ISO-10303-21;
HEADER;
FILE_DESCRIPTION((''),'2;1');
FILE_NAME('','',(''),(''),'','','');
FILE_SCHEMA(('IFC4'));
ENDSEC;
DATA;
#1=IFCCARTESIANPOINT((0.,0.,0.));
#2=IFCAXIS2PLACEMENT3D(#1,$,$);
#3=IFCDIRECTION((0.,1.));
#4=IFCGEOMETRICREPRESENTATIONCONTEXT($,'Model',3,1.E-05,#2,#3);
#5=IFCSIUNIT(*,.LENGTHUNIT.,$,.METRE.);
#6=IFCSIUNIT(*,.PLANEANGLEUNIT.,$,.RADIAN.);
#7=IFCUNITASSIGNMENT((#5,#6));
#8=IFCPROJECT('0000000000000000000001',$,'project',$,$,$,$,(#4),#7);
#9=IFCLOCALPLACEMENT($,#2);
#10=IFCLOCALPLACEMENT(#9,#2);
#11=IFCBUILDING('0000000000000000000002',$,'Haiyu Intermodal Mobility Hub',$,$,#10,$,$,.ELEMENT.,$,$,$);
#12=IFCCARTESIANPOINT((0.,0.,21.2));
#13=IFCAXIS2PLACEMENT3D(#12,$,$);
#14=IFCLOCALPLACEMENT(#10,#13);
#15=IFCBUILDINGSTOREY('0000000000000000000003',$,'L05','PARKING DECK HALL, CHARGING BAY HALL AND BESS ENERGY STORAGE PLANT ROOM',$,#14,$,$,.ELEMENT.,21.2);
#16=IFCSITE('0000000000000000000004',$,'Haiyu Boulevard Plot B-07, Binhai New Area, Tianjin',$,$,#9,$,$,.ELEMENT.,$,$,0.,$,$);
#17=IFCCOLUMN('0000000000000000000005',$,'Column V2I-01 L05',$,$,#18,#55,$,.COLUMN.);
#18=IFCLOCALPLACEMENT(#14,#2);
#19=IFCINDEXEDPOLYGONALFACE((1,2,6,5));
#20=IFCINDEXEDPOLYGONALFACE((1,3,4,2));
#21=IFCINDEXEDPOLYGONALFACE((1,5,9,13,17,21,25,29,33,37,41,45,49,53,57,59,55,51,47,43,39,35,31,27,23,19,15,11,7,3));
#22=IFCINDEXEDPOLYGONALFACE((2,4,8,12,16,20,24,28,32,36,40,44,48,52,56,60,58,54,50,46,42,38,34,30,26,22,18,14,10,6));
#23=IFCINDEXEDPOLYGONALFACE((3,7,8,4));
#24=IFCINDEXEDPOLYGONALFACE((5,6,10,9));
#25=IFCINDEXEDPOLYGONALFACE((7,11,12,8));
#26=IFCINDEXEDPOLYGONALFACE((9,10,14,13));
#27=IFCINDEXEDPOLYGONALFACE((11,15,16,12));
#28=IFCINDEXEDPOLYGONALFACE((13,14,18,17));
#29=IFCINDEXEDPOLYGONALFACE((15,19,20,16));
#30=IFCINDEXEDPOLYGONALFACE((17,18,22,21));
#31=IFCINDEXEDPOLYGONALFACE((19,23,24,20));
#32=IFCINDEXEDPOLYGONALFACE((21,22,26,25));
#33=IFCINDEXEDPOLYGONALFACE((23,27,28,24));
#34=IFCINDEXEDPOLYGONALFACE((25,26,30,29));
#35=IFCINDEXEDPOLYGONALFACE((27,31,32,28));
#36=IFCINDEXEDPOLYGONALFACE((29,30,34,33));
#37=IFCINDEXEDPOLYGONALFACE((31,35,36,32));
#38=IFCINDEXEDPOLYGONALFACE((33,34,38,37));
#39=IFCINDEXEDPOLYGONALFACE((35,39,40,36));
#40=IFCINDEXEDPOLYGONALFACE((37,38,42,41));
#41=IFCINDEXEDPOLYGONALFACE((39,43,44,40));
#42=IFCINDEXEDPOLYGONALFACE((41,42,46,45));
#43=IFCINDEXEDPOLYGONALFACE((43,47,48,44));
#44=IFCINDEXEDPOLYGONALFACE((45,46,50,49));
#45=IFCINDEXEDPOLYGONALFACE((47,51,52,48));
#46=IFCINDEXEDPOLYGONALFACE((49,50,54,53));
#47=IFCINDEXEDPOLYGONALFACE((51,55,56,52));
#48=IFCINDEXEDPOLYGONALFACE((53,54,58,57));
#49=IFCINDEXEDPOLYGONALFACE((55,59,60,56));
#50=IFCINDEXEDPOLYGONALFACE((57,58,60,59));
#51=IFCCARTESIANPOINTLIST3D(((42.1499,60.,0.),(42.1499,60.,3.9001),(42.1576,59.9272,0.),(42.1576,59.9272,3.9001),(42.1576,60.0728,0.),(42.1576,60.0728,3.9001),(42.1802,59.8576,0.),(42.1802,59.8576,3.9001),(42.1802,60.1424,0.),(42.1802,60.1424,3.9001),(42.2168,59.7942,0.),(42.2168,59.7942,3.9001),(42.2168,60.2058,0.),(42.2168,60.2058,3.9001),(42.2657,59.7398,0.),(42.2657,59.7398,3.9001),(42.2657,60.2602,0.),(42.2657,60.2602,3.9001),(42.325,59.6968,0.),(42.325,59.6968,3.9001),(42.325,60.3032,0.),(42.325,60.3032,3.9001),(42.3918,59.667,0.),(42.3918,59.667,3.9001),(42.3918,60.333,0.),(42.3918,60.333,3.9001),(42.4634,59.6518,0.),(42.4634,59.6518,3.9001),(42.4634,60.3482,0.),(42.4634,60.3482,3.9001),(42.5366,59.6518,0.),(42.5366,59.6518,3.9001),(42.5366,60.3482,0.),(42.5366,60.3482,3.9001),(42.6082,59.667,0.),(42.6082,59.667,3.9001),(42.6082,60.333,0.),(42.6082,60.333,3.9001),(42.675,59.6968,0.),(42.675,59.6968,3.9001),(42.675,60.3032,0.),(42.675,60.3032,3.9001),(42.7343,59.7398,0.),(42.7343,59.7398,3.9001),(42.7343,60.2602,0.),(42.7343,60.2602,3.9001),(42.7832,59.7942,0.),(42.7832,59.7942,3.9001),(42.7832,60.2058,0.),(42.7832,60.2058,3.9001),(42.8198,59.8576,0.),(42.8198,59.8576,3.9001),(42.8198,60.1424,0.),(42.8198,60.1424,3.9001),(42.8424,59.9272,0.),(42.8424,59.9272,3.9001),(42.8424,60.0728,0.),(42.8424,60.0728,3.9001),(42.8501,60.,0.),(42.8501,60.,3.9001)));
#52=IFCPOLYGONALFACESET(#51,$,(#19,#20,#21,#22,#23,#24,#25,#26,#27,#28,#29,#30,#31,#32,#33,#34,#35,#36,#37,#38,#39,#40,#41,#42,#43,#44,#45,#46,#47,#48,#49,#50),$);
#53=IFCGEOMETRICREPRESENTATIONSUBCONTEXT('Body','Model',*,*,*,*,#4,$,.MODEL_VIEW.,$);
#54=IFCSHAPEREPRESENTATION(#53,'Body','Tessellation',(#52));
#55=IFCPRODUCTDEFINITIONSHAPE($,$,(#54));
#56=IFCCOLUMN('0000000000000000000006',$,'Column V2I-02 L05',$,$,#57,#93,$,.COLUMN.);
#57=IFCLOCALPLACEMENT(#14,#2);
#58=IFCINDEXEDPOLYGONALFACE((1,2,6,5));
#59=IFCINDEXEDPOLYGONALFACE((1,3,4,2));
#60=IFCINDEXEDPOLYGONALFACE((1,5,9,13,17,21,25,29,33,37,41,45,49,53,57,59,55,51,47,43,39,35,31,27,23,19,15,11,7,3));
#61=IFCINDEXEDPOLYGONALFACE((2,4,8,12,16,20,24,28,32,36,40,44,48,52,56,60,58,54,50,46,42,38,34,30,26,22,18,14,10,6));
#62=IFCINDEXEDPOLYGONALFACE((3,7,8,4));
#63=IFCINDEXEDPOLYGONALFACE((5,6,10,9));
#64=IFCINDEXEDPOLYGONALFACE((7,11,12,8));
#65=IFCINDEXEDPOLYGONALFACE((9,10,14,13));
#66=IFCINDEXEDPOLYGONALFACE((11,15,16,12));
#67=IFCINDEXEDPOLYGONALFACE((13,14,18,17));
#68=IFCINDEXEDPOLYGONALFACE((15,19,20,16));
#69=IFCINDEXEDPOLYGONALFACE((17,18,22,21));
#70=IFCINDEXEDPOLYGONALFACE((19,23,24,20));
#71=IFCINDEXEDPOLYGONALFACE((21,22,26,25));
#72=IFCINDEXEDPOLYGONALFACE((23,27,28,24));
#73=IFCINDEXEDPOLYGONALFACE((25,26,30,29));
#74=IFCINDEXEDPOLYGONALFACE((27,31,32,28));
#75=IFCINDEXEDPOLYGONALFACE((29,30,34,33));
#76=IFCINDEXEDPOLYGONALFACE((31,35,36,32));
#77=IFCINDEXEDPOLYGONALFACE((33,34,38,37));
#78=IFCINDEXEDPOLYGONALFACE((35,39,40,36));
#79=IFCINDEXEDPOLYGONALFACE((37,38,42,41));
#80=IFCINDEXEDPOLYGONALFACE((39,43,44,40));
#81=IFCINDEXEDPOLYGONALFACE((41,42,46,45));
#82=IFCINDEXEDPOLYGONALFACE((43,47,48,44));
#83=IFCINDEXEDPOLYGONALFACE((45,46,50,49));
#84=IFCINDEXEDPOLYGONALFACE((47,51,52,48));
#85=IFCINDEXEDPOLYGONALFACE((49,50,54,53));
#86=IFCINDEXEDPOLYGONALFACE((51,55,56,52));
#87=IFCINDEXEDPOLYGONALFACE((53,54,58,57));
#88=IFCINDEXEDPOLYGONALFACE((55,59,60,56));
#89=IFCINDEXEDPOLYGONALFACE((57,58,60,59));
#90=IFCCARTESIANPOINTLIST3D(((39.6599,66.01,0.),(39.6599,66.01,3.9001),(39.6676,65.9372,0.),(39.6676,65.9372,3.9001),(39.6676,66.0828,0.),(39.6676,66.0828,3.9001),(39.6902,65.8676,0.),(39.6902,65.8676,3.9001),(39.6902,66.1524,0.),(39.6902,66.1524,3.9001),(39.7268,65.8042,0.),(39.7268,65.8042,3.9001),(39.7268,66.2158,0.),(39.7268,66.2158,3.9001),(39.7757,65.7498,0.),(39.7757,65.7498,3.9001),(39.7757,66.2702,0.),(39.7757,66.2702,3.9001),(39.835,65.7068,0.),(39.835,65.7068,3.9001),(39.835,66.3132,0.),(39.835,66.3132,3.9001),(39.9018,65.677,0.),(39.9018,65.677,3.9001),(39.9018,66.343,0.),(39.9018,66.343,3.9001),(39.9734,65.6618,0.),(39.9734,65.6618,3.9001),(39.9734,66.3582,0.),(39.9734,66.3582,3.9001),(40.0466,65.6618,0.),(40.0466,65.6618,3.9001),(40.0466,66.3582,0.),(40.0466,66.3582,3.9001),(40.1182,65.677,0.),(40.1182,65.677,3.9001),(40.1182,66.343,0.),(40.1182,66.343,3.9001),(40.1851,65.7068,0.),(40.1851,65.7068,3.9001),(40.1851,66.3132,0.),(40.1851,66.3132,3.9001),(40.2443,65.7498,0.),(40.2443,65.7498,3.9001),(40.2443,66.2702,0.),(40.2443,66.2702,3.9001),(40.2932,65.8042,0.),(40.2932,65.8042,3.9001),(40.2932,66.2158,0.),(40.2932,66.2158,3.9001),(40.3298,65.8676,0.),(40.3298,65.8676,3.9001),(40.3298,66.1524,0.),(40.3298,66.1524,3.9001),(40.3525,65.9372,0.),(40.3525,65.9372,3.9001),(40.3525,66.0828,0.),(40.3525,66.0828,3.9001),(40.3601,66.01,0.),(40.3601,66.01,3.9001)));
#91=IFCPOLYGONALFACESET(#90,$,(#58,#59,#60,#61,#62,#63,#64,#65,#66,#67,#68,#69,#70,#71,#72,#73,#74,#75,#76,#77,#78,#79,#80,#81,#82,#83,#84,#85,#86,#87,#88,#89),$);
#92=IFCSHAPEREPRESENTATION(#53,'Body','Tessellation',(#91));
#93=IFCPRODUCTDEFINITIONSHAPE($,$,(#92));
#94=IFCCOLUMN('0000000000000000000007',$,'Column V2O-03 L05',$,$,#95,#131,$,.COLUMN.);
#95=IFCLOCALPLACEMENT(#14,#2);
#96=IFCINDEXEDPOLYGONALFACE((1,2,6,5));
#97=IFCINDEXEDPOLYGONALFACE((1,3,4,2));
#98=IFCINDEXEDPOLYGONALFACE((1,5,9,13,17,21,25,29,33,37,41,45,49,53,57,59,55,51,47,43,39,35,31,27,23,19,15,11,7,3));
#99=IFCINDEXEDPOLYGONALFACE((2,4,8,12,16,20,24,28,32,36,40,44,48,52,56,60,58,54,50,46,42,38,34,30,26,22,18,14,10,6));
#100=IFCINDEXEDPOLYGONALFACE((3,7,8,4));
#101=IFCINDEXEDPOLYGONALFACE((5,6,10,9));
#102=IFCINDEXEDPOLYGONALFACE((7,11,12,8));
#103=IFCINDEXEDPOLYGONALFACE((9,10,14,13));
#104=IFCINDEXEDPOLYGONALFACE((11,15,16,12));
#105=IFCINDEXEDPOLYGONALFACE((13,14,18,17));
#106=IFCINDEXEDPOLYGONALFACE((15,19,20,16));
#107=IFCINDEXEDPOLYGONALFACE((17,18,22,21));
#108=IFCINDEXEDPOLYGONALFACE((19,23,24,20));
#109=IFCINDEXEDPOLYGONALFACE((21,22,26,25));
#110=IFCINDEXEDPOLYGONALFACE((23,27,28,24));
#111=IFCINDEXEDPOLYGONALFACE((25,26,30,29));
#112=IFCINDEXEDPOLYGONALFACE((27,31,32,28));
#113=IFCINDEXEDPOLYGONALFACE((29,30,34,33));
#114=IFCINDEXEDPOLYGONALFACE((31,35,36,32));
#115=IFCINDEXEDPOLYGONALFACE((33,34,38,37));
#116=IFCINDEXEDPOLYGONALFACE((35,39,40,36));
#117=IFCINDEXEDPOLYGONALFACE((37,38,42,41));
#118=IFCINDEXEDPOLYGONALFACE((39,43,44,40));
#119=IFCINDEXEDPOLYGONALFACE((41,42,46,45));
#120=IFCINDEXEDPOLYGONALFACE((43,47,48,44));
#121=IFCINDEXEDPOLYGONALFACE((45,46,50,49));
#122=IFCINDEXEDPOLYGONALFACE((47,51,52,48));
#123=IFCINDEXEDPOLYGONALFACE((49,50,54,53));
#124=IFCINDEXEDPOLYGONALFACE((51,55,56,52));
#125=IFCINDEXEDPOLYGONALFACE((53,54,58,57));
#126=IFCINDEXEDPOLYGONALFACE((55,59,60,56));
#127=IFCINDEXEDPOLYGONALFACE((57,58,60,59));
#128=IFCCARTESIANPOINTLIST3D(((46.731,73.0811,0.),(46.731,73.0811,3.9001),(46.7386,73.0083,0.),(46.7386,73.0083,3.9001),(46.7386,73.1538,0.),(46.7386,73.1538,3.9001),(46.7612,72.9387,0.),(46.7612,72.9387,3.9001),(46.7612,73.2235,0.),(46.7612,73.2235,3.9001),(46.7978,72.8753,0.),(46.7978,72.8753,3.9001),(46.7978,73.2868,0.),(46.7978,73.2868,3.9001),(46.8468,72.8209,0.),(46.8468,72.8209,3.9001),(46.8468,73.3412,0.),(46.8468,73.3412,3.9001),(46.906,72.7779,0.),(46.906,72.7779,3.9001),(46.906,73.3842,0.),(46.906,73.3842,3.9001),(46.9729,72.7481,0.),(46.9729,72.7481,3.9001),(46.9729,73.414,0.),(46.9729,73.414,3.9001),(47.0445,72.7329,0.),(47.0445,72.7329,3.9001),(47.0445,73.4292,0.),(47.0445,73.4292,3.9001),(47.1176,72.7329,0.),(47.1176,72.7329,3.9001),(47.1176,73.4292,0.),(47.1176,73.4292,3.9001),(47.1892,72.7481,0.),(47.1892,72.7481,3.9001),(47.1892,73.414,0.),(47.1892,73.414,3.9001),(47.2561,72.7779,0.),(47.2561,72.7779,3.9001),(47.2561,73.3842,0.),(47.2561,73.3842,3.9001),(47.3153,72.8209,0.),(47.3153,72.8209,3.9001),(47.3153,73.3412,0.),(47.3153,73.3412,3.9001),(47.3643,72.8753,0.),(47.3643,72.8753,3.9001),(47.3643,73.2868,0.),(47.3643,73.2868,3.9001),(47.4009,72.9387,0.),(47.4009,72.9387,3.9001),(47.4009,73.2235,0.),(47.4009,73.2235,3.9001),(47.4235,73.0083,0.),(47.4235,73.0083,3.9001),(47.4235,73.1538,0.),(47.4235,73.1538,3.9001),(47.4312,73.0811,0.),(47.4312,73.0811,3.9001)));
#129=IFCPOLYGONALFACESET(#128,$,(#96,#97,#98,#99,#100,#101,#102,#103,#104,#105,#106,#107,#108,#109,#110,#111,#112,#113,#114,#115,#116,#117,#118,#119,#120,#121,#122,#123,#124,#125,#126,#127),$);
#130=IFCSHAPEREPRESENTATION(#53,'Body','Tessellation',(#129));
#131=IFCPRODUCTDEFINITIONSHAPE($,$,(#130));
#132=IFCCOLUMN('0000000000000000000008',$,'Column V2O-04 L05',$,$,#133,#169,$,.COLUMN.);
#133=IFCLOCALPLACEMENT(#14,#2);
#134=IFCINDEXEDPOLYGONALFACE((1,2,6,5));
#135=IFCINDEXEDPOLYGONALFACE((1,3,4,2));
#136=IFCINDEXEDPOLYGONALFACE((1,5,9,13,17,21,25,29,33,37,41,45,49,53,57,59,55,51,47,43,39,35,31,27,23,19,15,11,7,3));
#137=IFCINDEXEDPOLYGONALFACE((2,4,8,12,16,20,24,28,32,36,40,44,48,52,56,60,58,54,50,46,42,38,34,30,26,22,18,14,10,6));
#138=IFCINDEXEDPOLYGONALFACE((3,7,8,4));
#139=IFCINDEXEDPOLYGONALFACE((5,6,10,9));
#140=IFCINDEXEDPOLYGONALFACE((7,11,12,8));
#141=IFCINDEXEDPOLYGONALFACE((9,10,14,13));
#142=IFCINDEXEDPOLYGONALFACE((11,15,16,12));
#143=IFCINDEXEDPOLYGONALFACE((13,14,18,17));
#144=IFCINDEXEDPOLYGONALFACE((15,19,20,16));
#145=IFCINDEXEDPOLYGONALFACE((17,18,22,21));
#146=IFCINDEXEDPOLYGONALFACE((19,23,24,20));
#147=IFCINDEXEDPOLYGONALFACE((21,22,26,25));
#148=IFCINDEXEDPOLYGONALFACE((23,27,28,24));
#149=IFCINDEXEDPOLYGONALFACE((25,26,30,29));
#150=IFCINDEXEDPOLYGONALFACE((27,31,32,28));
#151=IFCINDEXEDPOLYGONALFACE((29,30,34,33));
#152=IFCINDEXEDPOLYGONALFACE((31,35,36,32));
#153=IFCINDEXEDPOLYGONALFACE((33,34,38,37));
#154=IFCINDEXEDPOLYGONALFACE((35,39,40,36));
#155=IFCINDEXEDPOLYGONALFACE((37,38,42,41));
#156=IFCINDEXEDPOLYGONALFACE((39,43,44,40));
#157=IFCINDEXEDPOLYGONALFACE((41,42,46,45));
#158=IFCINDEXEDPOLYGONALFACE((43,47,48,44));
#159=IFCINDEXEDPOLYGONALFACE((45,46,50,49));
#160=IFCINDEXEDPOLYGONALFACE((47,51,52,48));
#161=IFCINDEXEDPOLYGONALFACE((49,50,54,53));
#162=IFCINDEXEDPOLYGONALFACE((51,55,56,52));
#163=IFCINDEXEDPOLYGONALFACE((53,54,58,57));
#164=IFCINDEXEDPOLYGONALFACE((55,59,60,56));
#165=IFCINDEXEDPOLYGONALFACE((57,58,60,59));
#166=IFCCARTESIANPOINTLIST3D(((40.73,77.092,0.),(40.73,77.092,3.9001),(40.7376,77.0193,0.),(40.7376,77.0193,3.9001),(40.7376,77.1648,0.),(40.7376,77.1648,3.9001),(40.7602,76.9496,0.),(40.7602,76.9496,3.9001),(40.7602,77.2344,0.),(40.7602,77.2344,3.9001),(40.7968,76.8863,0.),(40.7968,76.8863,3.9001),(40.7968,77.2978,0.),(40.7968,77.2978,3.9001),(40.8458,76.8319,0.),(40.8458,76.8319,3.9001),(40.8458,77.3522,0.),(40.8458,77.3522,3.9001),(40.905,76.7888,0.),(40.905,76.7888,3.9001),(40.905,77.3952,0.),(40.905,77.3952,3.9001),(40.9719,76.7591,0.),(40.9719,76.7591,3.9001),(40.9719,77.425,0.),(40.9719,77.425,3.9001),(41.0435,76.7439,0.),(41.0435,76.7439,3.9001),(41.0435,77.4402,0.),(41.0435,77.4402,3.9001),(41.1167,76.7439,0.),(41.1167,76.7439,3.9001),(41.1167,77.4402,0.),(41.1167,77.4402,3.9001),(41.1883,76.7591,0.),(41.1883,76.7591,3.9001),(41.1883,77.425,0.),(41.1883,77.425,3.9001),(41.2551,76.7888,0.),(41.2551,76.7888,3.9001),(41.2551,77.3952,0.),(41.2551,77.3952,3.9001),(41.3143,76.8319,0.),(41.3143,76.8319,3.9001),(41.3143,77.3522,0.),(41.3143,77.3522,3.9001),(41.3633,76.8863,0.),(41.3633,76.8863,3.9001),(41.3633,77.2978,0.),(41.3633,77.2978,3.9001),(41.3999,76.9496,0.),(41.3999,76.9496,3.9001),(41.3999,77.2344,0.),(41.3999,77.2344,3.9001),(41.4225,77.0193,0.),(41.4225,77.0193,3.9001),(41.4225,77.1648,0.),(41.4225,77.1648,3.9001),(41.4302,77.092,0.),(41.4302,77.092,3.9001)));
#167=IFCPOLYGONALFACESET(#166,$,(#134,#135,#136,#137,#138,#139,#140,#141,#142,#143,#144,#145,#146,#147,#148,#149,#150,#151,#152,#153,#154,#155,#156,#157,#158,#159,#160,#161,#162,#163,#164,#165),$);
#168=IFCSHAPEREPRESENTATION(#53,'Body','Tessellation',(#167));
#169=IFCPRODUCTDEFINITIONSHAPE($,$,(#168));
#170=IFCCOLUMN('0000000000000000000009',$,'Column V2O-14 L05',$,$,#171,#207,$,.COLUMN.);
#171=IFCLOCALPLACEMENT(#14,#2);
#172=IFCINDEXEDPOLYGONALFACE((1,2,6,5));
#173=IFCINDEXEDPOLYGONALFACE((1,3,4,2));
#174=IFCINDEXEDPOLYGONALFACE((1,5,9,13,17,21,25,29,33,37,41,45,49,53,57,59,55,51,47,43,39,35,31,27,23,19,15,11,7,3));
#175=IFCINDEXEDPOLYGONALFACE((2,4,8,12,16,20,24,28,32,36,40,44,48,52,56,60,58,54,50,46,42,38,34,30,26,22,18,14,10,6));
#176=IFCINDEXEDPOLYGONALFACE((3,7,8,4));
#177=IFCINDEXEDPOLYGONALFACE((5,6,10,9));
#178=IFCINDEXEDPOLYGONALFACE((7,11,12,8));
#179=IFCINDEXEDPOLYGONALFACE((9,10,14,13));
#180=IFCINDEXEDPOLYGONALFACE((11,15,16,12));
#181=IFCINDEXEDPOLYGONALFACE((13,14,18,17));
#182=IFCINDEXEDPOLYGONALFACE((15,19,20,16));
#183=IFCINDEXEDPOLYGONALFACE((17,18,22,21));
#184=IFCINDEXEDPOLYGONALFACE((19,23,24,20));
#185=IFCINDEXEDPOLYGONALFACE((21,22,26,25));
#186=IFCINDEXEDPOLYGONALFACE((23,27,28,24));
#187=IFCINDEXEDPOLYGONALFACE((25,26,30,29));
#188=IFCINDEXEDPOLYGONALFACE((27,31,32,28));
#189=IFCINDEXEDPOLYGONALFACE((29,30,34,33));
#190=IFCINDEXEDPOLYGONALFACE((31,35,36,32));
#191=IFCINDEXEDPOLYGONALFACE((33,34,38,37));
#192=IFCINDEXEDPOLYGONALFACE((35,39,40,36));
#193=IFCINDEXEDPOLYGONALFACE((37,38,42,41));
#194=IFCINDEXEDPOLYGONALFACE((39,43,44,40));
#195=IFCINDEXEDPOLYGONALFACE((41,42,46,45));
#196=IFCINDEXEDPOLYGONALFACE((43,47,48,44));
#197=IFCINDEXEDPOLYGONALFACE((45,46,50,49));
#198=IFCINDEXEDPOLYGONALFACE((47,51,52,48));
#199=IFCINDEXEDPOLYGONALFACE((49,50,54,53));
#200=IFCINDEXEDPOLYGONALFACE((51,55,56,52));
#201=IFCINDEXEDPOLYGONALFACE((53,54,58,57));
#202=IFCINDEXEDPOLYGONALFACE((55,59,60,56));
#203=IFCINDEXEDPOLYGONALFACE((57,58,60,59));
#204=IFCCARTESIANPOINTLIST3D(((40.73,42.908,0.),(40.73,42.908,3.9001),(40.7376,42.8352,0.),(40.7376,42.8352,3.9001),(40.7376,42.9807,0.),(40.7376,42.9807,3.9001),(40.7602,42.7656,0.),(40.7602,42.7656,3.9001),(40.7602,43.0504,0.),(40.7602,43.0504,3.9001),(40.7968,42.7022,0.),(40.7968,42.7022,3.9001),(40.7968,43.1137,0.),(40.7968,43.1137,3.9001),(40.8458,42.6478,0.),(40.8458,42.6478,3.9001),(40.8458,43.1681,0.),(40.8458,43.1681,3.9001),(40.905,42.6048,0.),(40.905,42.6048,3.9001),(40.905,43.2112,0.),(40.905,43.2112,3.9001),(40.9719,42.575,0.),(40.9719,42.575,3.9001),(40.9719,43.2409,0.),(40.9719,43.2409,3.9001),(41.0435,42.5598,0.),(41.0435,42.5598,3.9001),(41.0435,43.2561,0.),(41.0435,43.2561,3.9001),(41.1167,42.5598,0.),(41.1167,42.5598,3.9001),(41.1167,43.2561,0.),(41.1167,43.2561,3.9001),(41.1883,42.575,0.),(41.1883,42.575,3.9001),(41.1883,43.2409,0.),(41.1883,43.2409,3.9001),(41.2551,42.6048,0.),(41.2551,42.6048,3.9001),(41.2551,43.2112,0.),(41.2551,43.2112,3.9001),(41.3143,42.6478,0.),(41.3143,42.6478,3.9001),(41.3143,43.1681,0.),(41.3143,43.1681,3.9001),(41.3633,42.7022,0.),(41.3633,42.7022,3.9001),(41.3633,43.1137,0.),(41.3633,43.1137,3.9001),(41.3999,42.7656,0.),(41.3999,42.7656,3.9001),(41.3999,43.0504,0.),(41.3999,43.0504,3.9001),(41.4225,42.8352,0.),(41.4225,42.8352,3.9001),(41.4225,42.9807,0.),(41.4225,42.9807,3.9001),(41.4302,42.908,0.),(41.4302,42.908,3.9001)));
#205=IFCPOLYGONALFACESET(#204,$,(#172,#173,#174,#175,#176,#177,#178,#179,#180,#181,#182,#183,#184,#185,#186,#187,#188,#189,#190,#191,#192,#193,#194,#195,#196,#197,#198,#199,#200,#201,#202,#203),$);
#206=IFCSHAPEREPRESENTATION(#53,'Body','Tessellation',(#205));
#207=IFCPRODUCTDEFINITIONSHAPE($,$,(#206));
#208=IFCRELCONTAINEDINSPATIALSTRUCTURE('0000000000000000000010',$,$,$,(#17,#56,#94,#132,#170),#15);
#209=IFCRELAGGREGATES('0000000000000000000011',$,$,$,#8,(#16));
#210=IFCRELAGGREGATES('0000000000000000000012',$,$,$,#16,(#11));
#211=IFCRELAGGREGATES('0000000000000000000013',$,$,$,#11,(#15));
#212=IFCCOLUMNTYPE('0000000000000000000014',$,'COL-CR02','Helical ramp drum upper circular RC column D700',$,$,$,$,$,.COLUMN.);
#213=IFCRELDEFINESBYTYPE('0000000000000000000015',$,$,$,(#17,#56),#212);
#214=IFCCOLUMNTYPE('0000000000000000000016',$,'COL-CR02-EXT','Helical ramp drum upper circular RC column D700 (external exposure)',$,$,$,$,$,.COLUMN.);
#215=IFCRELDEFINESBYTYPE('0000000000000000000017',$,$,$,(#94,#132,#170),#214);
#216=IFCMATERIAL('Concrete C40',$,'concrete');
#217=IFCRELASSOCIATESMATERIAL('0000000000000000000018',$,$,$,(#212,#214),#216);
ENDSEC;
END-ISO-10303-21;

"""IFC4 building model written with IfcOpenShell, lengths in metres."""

from ifc_helpers import new_model, si_unit, direction, frame, origin, origin_2d, place, context, subcontext, project, spatial, circle, extrude, material, material_profile, profile_set, type_object, element, save


model = new_model("IFC4")

# Units and contexts
model_context = context("Model", 3, precision=1e-05, world=origin(), true_north=direction((0.0, 1.0)))
body_context = subcontext(model_context, "Body", "Model", "MODEL_VIEW")
ifc_project = project(units=[si_unit("LENGTHUNIT", "METRE"), si_unit("PLANEANGLEUNIT", "RADIAN")], contexts=[model_context])

# Site, building, storey
site_placement = place(None, origin())
site = spatial("IfcSite", under=ifc_project, at=site_placement, Name="Haiyu Boulevard Plot B-07, Binhai New Area, Tianjin", CompositionType="ELEMENT", RefElevation=0.0)
building_placement = place(site_placement, origin())
building = spatial("IfcBuilding", under=site, at=building_placement, Name="Haiyu Intermodal Mobility Hub", CompositionType="ELEMENT")
storey_placement = place(building_placement, frame((0.0, 0.0, 21.2)))
storey = spatial("IfcBuildingStorey", under=building, at=storey_placement, Name="L05", Description="PARKING DECK HALL, CHARGING BAY HALL AND BESS ENERGY STORAGE PLANT ROOM", CompositionType="ELEMENT", Elevation=21.2)

# Columns
ifc_material_1 = material(Name="Concrete C40", Category="concrete")
ifc_material_profile_1 = material_profile(ifc_material_1, circle(Radius=0.3501, at=origin_2d()), Name="RCCOL-D700")
ifc_profile_set_1 = profile_set([ifc_material_profile_1], Name="Concrete C40")
column_type_1 = type_object("IfcColumnType", Name="COL-CR02", Description="Helical ramp drum upper circular RC column D700", PredefinedType="COLUMN", material=ifc_profile_set_1)
for number, where, z_axis, x_axis, name in (
    (1, (42.5, 60.0, 0.0), (0.0, 0.0, 1.0), (1.0, 0.0, 0.0), "Column V2I-01 L05"),
    (2, (40.01, 66.01, 0.0), (0.0, 0.0, 1.0), (1.0, 0.0, 0.0), "Column V2I-02 L05"),
):
    element("IfcColumn", number, at=place(storey_placement, frame(where, z_axis=z_axis, x_axis=x_axis)), inside=storey, type_object=column_type_1, Name=name, PredefinedType="COLUMN", context=body_context, shape_type="SweptSolid", body=[
        extrude(circle(Radius=0.3501, at=origin_2d()), origin(), (0.0, 0.0, 1.0), 3.9001),
    ])
ifc_material_profile_2 = material_profile(ifc_material_1, circle(Radius=0.3501, at=origin_2d()), Name="RCCOL-D700")
ifc_profile_set_2 = profile_set([ifc_material_profile_2], Name="Concrete C40")
column_type_2 = type_object("IfcColumnType", Name="COL-CR02-EXT", Description="Helical ramp drum upper circular RC column D700 (external exposure)", PredefinedType="COLUMN", material=ifc_profile_set_2)
for number, where, z_axis, x_axis, name in (
    (3, (47.0811, 73.0811, 0.0), (0.0, 0.0, 1.0), (1.0, 0.0, 0.0), "Column V2O-03 L05"),
    (4, (41.0801, 77.092, 0.0), (0.0, 0.0, 1.0), (1.0, 0.0, 0.0), "Column V2O-04 L05"),
    (5, (41.0801, 42.908, 0.0), (0.0, 0.0, 1.0), (1.0, 0.0, 0.0), "Column V2O-14 L05"),
):
    element("IfcColumn", number, at=place(storey_placement, frame(where, z_axis=z_axis, x_axis=x_axis)), inside=storey, type_object=column_type_2, Name=name, PredefinedType="COLUMN", context=body_context, shape_type="SweptSolid", body=[
        extrude(circle(Radius=0.3501, at=origin_2d()), origin(), (0.0, 0.0, 1.0), 3.9001),
    ])

save(model, "model.ifc")
